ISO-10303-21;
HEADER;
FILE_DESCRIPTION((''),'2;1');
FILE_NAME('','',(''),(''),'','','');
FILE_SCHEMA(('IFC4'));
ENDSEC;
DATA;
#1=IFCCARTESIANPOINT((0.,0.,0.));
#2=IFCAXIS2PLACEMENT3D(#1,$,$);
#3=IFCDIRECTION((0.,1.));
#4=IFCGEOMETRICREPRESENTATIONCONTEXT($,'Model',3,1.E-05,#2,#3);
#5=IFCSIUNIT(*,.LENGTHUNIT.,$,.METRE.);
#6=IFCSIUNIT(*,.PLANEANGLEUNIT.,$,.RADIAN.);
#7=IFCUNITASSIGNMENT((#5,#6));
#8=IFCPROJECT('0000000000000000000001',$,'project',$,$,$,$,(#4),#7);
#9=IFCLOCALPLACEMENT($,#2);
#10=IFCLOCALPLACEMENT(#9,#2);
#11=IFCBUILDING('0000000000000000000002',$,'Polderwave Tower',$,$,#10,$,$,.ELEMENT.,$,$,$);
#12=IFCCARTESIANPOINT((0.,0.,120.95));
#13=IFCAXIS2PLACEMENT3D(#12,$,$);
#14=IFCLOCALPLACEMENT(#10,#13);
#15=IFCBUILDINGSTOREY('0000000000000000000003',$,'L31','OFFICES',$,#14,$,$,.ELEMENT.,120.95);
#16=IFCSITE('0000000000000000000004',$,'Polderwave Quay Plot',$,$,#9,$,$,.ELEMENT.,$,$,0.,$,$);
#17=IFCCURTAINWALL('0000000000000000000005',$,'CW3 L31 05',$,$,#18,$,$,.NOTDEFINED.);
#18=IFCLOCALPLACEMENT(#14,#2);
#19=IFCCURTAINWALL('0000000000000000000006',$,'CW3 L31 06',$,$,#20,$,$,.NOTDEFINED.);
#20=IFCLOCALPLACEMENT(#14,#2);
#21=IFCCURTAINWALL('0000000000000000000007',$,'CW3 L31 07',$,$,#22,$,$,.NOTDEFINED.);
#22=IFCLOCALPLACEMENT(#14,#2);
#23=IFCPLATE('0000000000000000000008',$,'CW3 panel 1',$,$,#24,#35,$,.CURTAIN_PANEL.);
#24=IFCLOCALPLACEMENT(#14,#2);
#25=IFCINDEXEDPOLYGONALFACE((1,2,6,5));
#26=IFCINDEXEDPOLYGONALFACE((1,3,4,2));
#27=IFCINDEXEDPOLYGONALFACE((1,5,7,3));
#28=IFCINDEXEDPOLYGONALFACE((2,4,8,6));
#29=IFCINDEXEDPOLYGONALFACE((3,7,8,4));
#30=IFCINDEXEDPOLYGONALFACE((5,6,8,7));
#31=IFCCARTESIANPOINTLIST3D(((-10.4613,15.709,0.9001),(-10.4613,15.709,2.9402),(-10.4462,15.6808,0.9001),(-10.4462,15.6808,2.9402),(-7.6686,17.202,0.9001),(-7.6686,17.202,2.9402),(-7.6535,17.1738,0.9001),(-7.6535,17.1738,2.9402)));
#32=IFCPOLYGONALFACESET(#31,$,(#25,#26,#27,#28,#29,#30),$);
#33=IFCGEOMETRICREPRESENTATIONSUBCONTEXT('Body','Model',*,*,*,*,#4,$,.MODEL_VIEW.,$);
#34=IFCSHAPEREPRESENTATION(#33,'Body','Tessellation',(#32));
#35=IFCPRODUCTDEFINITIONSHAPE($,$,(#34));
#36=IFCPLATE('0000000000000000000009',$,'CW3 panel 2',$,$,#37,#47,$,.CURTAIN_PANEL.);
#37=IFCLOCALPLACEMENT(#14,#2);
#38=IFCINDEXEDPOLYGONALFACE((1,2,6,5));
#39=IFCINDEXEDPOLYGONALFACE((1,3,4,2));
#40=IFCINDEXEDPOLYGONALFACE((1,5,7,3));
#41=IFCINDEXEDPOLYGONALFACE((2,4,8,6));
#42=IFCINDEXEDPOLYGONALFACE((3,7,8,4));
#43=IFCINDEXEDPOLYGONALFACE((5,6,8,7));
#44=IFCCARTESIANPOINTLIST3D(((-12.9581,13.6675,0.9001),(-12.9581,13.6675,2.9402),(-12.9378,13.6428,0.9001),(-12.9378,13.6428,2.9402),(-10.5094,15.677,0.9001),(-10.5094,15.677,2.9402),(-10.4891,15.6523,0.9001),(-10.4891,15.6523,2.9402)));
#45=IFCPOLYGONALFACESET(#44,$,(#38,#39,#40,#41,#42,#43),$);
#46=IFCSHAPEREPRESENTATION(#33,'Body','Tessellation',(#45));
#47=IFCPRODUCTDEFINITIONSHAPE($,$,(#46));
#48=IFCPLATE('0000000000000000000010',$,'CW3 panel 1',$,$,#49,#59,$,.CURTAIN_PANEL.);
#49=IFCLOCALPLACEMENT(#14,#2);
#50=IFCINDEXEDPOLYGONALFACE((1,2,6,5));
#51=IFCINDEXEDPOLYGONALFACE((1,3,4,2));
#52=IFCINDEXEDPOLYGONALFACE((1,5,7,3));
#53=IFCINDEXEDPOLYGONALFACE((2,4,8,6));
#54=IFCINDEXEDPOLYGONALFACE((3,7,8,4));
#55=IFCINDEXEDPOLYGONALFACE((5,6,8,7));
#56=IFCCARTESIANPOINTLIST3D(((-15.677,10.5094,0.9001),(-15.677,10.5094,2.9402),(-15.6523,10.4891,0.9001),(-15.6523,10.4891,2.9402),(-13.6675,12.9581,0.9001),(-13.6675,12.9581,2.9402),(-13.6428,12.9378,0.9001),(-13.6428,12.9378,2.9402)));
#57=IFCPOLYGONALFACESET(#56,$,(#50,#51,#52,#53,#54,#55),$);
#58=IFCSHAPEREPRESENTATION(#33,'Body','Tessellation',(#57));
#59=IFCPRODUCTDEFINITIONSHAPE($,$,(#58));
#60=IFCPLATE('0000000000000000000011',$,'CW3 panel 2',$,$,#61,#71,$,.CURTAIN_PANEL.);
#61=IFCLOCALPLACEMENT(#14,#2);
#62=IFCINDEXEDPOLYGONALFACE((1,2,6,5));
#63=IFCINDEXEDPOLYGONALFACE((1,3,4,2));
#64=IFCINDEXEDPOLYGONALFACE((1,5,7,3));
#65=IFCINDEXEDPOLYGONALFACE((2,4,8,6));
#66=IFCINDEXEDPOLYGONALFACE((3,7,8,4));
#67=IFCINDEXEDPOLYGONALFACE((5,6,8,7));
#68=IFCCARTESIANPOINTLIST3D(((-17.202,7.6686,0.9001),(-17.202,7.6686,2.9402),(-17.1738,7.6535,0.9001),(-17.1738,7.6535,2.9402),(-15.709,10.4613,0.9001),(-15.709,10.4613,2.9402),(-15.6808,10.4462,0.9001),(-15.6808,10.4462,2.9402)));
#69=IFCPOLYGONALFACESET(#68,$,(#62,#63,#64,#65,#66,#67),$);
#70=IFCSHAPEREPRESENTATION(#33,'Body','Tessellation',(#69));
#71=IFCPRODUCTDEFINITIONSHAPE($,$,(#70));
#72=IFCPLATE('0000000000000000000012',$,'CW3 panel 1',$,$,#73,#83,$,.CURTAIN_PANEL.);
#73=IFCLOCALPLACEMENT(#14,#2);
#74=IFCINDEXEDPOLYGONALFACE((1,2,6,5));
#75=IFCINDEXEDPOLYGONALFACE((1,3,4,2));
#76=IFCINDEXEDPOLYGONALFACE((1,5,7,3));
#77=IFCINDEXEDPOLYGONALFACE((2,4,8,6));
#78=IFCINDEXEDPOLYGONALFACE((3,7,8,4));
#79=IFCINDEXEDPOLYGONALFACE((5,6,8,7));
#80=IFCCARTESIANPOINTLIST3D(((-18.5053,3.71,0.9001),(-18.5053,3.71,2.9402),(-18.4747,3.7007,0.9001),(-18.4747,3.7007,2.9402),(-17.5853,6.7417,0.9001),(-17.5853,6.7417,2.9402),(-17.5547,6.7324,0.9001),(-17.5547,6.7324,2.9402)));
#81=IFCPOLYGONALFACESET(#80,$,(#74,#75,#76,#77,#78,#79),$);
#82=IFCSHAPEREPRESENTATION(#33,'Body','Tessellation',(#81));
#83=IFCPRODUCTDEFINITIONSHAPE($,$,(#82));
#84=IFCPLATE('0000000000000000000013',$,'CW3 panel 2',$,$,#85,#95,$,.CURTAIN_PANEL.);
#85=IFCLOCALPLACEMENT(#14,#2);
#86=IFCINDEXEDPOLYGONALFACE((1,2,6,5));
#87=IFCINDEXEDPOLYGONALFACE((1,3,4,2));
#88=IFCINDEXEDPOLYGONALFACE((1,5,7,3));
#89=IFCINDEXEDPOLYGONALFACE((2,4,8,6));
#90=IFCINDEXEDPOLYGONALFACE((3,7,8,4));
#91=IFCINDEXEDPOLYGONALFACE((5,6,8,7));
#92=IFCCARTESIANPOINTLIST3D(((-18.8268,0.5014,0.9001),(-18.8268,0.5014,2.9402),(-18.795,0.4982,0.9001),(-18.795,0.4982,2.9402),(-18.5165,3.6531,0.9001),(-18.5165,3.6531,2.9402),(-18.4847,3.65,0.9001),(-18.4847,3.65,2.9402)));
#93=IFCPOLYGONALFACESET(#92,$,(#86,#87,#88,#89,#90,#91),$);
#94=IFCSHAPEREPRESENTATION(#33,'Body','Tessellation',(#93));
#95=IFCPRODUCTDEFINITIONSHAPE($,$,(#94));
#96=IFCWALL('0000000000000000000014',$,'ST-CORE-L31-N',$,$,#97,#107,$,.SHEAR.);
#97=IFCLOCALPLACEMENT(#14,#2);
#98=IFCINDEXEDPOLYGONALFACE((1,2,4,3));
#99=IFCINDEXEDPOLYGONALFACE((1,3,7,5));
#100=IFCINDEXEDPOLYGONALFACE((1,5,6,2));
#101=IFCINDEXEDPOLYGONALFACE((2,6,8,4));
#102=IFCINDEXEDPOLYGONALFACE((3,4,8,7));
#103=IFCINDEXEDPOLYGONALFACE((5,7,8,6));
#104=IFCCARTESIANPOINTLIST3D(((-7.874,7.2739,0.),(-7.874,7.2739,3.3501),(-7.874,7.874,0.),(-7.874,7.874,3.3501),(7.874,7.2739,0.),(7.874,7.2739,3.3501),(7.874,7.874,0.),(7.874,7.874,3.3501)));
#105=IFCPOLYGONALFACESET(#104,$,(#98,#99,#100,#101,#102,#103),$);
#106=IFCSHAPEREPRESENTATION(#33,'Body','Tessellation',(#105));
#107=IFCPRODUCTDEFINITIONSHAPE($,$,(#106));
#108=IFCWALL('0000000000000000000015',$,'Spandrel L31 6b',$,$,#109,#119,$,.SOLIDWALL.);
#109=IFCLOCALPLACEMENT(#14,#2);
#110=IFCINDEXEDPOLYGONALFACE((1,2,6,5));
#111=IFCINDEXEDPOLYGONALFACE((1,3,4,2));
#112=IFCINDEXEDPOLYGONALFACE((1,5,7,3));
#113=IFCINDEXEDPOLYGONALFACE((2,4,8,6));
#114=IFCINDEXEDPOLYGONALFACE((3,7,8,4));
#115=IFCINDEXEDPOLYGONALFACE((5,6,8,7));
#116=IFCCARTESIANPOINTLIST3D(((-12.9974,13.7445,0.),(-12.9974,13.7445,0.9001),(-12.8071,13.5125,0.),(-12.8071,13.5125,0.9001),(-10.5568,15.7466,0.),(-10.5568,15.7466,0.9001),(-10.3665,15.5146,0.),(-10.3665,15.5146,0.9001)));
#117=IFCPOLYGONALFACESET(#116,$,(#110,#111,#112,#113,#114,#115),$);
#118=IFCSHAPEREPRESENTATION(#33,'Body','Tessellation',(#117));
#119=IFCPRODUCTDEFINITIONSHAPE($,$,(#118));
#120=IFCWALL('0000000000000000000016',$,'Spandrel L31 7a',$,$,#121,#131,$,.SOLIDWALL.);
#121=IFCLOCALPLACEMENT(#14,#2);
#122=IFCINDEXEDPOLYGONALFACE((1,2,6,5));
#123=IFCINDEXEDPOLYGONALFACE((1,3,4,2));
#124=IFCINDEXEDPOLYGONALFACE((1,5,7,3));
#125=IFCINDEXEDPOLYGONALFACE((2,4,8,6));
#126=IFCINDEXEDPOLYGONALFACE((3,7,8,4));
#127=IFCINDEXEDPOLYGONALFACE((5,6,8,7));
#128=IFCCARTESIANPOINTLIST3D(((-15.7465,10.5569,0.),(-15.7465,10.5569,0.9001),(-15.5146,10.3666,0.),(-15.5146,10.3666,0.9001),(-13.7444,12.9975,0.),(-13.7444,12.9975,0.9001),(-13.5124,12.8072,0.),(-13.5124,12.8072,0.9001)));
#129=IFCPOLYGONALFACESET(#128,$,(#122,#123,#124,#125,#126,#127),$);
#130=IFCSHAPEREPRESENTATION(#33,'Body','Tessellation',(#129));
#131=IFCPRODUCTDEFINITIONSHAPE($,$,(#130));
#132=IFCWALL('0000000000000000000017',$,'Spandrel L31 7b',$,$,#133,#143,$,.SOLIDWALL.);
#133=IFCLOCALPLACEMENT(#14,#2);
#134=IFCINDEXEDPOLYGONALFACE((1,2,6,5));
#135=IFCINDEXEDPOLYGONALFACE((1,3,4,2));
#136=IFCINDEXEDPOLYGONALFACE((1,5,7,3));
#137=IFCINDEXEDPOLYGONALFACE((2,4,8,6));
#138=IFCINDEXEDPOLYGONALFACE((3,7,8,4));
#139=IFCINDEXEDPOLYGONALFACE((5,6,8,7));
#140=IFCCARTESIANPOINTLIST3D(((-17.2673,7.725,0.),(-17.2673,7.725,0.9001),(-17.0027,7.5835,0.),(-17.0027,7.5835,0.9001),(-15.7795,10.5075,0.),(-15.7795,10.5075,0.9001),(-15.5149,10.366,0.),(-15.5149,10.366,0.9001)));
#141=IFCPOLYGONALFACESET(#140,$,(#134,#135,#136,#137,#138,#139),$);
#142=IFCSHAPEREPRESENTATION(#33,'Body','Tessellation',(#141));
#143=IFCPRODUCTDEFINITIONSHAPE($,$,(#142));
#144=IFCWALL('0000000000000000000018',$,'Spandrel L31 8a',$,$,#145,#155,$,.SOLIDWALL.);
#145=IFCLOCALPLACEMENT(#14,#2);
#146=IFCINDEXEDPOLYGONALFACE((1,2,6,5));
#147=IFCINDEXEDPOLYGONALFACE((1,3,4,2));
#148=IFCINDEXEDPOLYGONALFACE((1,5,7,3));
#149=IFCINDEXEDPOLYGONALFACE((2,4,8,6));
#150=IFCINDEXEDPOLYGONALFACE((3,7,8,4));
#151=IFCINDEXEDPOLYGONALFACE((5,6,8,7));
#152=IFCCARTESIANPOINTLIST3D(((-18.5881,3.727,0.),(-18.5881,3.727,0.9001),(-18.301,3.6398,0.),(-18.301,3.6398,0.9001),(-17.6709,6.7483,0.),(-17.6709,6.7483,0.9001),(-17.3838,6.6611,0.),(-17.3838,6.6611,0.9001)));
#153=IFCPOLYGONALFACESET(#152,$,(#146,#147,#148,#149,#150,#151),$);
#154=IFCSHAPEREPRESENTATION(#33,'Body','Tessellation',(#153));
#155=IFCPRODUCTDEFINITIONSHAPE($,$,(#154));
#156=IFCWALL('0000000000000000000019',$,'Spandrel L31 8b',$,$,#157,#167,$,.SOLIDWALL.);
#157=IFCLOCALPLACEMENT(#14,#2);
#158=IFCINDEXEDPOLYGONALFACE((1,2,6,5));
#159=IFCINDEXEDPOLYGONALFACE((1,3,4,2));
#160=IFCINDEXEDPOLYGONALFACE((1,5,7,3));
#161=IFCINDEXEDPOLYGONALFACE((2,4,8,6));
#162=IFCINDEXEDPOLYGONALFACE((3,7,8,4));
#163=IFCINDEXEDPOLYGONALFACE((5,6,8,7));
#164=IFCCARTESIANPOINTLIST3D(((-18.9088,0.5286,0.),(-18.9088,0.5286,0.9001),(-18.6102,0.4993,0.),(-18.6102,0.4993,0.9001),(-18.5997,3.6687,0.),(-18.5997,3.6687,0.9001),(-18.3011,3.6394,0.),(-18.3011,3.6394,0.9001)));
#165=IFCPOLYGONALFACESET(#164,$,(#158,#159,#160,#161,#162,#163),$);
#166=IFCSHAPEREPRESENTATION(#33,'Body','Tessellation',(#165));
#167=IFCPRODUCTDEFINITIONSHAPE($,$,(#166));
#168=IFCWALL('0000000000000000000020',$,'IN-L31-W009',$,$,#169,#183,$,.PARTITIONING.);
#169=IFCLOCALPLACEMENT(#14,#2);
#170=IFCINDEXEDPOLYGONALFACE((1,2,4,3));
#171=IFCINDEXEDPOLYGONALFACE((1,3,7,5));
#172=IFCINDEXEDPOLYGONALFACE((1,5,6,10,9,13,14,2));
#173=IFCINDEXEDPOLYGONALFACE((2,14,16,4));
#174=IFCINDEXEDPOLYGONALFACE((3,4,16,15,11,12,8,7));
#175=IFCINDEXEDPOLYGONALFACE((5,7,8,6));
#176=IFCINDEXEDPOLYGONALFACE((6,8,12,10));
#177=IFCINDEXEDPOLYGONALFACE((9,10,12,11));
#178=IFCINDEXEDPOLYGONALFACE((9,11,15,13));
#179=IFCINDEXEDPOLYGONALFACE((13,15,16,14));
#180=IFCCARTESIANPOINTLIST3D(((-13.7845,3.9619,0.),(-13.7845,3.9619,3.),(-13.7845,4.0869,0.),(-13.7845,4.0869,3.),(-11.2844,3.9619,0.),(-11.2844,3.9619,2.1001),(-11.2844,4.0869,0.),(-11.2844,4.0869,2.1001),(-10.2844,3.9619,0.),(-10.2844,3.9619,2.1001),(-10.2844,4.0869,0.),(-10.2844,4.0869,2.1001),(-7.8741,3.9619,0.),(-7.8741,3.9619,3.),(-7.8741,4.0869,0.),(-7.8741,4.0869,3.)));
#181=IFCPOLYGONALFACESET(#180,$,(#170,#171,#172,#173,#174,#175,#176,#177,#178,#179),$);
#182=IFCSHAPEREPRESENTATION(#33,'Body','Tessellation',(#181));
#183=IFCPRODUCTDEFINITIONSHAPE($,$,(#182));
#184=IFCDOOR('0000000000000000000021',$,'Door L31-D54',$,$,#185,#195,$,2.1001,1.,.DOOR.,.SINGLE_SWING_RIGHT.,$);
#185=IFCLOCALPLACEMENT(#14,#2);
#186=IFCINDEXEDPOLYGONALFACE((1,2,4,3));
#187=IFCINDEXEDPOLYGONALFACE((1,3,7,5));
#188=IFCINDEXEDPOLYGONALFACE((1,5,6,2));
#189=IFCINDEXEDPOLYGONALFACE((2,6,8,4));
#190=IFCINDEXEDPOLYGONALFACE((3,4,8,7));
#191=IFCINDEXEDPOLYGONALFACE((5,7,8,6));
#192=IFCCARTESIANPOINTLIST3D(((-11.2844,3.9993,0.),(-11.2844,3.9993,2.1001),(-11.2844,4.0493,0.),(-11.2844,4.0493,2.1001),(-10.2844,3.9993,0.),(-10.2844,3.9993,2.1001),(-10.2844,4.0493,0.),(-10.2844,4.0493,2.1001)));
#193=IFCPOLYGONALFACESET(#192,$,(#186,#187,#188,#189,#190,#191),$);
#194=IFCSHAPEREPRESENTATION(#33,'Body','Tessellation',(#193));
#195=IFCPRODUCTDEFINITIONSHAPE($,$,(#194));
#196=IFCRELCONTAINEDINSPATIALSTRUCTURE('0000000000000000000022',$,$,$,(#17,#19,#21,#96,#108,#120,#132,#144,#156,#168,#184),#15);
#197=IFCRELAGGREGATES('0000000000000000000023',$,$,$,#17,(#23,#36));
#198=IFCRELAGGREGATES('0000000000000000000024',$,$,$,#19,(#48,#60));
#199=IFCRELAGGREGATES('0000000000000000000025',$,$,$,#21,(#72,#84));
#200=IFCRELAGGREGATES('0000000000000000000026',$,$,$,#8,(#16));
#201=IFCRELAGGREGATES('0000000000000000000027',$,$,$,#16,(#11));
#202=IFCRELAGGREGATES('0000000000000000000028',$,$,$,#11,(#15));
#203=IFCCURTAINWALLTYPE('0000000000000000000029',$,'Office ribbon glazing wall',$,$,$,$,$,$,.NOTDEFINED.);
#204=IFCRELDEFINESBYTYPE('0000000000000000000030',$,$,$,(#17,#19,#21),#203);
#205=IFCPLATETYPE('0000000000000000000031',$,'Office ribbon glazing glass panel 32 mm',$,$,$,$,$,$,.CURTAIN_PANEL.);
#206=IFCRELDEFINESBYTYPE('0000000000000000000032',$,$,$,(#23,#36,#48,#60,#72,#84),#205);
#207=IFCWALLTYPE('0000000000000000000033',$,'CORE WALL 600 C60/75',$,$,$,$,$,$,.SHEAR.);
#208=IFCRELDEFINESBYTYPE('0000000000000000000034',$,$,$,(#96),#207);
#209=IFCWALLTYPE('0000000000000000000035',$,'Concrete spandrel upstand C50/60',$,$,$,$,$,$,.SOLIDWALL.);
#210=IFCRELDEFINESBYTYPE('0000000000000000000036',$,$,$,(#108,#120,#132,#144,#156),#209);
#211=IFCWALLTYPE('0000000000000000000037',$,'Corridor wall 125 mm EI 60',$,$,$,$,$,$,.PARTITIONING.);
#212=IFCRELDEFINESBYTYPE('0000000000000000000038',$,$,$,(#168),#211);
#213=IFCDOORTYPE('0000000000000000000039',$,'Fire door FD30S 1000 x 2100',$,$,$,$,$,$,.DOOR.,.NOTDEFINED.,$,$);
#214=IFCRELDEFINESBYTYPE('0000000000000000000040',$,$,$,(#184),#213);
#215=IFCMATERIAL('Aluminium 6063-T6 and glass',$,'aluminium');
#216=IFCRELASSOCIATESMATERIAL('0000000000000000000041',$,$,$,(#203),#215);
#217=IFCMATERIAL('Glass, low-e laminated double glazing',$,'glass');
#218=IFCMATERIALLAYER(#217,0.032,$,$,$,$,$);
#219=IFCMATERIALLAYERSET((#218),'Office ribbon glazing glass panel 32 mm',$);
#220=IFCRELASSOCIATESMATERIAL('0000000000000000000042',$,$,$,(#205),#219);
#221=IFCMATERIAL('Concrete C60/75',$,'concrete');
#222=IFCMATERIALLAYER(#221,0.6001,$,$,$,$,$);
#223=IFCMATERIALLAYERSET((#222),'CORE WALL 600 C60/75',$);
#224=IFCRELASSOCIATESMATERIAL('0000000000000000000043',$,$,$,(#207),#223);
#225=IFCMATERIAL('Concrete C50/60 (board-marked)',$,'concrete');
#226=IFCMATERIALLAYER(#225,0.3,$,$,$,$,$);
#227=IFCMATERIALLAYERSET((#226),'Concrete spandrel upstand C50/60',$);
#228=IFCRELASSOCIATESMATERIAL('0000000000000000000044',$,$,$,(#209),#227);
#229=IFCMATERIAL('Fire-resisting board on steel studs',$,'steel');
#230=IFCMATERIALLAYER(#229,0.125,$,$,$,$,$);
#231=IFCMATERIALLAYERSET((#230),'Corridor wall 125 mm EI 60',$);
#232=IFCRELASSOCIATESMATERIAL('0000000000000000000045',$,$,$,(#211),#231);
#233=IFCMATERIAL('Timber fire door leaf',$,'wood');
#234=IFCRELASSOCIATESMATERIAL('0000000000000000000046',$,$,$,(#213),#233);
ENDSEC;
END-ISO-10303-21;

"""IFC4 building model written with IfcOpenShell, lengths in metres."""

from ifc_helpers import new_model, si_unit, direction, frame, frame_2d, origin, origin_2d, place, context, subcontext, project, spatial, rectangle, extrude, material, layer, layer_set, type_object, element, fill, aggregate, save


model = new_model("IFC4")

# Units and contexts
model_context = context("Model", 3, precision=1e-05, world=origin(), true_north=direction((0.0, 1.0)))
body_context = subcontext(model_context, "Body", "Model", "MODEL_VIEW")
ifc_project = project(units=[si_unit("LENGTHUNIT", "METRE"), si_unit("PLANEANGLEUNIT", "RADIAN")], contexts=[model_context])

# Site, building, storey
site_placement = place(None, origin())
site = spatial("IfcSite", under=ifc_project, at=site_placement, Name="Polderwave Quay Plot", CompositionType="ELEMENT", RefElevation=0.0)
building_placement = place(site_placement, origin())
building = spatial("IfcBuilding", under=site, at=building_placement, Name="Polderwave Tower", CompositionType="ELEMENT")
storey_placement = place(building_placement, frame((0.0, 0.0, 120.95)))
storey = spatial("IfcBuildingStorey", under=building, at=storey_placement, Name="L31", Description="OFFICES", CompositionType="ELEMENT", Elevation=120.95)

# Shared definitions
ifc_material_1 = material(Name="Concrete C60/75", Category="concrete")

# Curtain walls
ifc_material_2 = material(Name="Aluminium 6063-T6 and glass", Category="aluminium")
curtain_wall_type = type_object("IfcCurtainWallType", Name="Office ribbon glazing wall", PredefinedType="NOTDEFINED", material=ifc_material_2)
curtain_wall_1_placement = place(storey_placement, origin())
curtain_wall_1 = element("IfcCurtainWall", 1, at=curtain_wall_1_placement, inside=storey, type_object=curtain_wall_type, Name="CW3 L31 05", PredefinedType="NOTDEFINED")
curtain_wall_2_placement = place(storey_placement, origin())
curtain_wall_2 = element("IfcCurtainWall", 2, at=curtain_wall_2_placement, inside=storey, type_object=curtain_wall_type, Name="CW3 L31 06", PredefinedType="NOTDEFINED")
curtain_wall_3_placement = place(storey_placement, origin())
curtain_wall_3 = element("IfcCurtainWall", 3, at=curtain_wall_3_placement, inside=storey, type_object=curtain_wall_type, Name="CW3 L31 07", PredefinedType="NOTDEFINED")

# Plates
ifc_material_3 = material(Name="Glass, low-e laminated double glazing", Category="glass")
ifc_layer_1 = layer(ifc_material_3, 0.032)
ifc_layer_set_1 = layer_set([ifc_layer_1], Name="Office ribbon glazing glass panel 32 mm")
plate_type = type_object("IfcPlateType", Name="Office ribbon glazing glass panel 32 mm", PredefinedType="CURTAIN_PANEL", material=ifc_layer_set_1)
plate_1_placement = place(storey_placement, frame((-9.0574, 16.4414, 0.9001), z_axis=(0.0, 0.0, 1.0), x_axis=(-0.881884, -0.471466, 0.0)))
plate_1 = element("IfcPlate", 4, at=plate_1_placement, type_object=plate_type, Name="CW3 panel 1", PredefinedType="CURTAIN_PANEL", context=body_context, shape_type="SweptSolid", body=[
    extrude(rectangle(XDim=3.1667, YDim=0.032, at=origin_2d()), origin(), (0.0, 0.0, 1.0), 2.04),
])
plate_2_placement = place(storey_placement, frame((-11.7236, 14.6599, 0.9001), z_axis=(0.0, 0.0, 1.0), x_axis=(-0.773023, -0.634378, 0.0)))
plate_2 = element("IfcPlate", 5, at=plate_2_placement, type_object=plate_type, Name="CW3 panel 2", PredefinedType="CURTAIN_PANEL", context=body_context, shape_type="SweptSolid", body=[
    extrude(rectangle(XDim=3.1677, YDim=0.032, at=origin_2d()), origin(), (0.0, 0.0, 1.0), 2.04),
])
aggregate(curtain_wall_1, [plate_1, plate_2])
plate_3_placement = place(storey_placement, frame((-14.6599, 11.7236, 0.9001), z_axis=(0.0, 0.0, 1.0), x_axis=(-0.634378, -0.773023, 0.0)))
plate_3 = element("IfcPlate", 6, at=plate_3_placement, type_object=plate_type, Name="CW3 panel 1", PredefinedType="CURTAIN_PANEL", context=body_context, shape_type="SweptSolid", body=[
    extrude(rectangle(XDim=3.1677, YDim=0.032, at=origin_2d()), origin(), (0.0, 0.0, 1.0), 2.04),
])
plate_4_placement = place(storey_placement, frame((-16.4414, 9.0574, 0.9001), z_axis=(0.0, 0.0, 1.0), x_axis=(-0.471466, -0.881884, 0.0)))
plate_4 = element("IfcPlate", 7, at=plate_4_placement, type_object=plate_type, Name="CW3 panel 2", PredefinedType="CURTAIN_PANEL", context=body_context, shape_type="SweptSolid", body=[
    extrude(rectangle(XDim=3.1667, YDim=0.032, at=origin_2d()), origin(), (0.0, 0.0, 1.0), 2.04),
])
aggregate(curtain_wall_2, [plate_3, plate_4])
plate_5_placement = place(storey_placement, frame((-18.03, 5.2212, 0.9001), z_axis=(0.0, 0.0, 1.0), x_axis=(-0.29039, -0.956908, 0.0)))
plate_5 = element("IfcPlate", 8, at=plate_5_placement, type_object=plate_type, Name="CW3 panel 1", PredefinedType="CURTAIN_PANEL", context=body_context, shape_type="SweptSolid", body=[
    extrude(rectangle(XDim=3.1682, YDim=0.032, at=origin_2d()), origin(), (0.0, 0.0, 1.0), 2.04),
])
plate_6_placement = place(storey_placement, frame((-18.6558, 2.0757, 0.9001), z_axis=(0.0, 0.0, 1.0), x_axis=(-0.097984, -0.995188, 0.0)))
plate_6 = element("IfcPlate", 9, at=plate_6_placement, type_object=plate_type, Name="CW3 panel 2", PredefinedType="CURTAIN_PANEL", context=body_context, shape_type="SweptSolid", body=[
    extrude(rectangle(XDim=3.167, YDim=0.032, at=origin_2d()), origin(), (0.0, 0.0, 1.0), 2.04),
])
aggregate(curtain_wall_3, [plate_5, plate_6])

# Walls
ifc_layer_2 = layer(ifc_material_1, 0.6001)
ifc_layer_set_2 = layer_set([ifc_layer_2], Name="CORE WALL 600 C60/75")
wall_type_1 = type_object("IfcWallType", Name="CORE WALL 600 C60/75", PredefinedType="SHEAR", material=ifc_layer_set_2)
wall_1_placement = place(storey_placement, frame((-7.874, 7.574, 0.0), z_axis=(0.0, 0.0, 1.0), x_axis=(1.0, 0.0, 0.0)))
element("IfcWall", 10, at=wall_1_placement, inside=storey, type_object=wall_type_1, Name="ST-CORE-L31-N", PredefinedType="SHEAR", context=body_context, shape_type="SweptSolid", body=[
    extrude(rectangle(XDim=15.748, YDim=0.6001, at=frame_2d((7.874, 0.0))), origin(), (0.0, 0.0, 1.0), 3.3501),
])
ifc_material_4 = material(Name="Concrete C50/60 (board-marked)", Category="concrete")
ifc_layer_3 = layer(ifc_material_4, 0.3)
ifc_layer_set_3 = layer_set([ifc_layer_3], Name="Concrete spandrel upstand C50/60")
wall_type_2 = type_object("IfcWallType", Name="Concrete spandrel upstand C50/60", PredefinedType="SOLIDWALL", material=ifc_layer_set_3)
for number, where, z_axis, x_axis, name in (
    (11, (-10.4617, 15.6306, 0.0), (0.0, 0.0, 1.0), (-0.773137, -0.63424, 0.0), "Spandrel L31 6b"),
    (12, (-13.6284, 12.9023, 0.0), (0.0, 0.0, 1.0), (-0.63424, -0.773137, 0.0), "Spandrel L31 7a"),
):
    element("IfcWall", number, at=place(storey_placement, frame(where, z_axis=z_axis, x_axis=x_axis)), inside=storey, type_object=wall_type_2, Name=name, PredefinedType="SOLIDWALL", context=body_context, shape_type="SweptSolid", body=[
        extrude(rectangle(XDim=3.1567, YDim=0.3, at=frame_2d((1.5784, 0.0))), origin(), (0.0, 0.0, 1.0), 0.9001),
    ])
wall_2_placement = place(storey_placement, frame((-15.6472, 10.4368, 0.0), z_axis=(0.0, 0.0, 1.0), x_axis=(-0.471528, -0.881851, 0.0)))
element("IfcWall", 13, at=wall_2_placement, inside=storey, type_object=wall_type_2, Name="Spandrel L31 7b", PredefinedType="SOLIDWALL", context=body_context, shape_type="SweptSolid", body=[
    extrude(rectangle(XDim=3.1553, YDim=0.3, at=frame_2d((1.5776, 0.0))), origin(), (0.0, 0.0, 1.0), 0.9001),
])
wall_3_placement = place(storey_placement, frame((-17.5273, 6.7046, 0.0), z_axis=(0.0, 0.0, 1.0), x_axis=(-0.290503, -0.956874, 0.0)))
element("IfcWall", 14, at=wall_3_placement, inside=storey, type_object=wall_type_2, Name="Spandrel L31 8a", PredefinedType="SOLIDWALL", context=body_context, shape_type="SweptSolid", body=[
    extrude(rectangle(XDim=3.1575, YDim=0.3, at=frame_2d((1.5786, 0.0))), origin(), (0.0, 0.0, 1.0), 0.9001),
])
wall_4_placement = place(storey_placement, frame((-18.4504, 3.6541, 0.0), z_axis=(0.0, 0.0, 1.0), x_axis=(-0.097956, -0.995191, 0.0)))
element("IfcWall", 15, at=wall_4_placement, inside=storey, type_object=wall_type_2, Name="Spandrel L31 8b", PredefinedType="SOLIDWALL", context=body_context, shape_type="SweptSolid", body=[
    extrude(rectangle(XDim=3.1553, YDim=0.3, at=frame_2d((1.5776, 0.0))), origin(), (0.0, 0.0, 1.0), 0.9001),
])

# Wall, opening, door
ifc_material_5 = material(Name="Fire-resisting board on steel studs", Category="steel")
ifc_layer_4 = layer(ifc_material_5, 0.125)
ifc_layer_set_4 = layer_set([ifc_layer_4], Name="Corridor wall 125 mm EI 60")
wall_type_3 = type_object("IfcWallType", Name="Corridor wall 125 mm EI 60", PredefinedType="PARTITIONING", material=ifc_layer_set_4)
wall_5_placement = place(storey_placement, frame((-13.7844, 4.0244, 0.0), z_axis=(0.0, 0.0, 1.0), x_axis=(1.0, 0.0, 0.0)))
wall_5 = element("IfcWall", 16, at=wall_5_placement, inside=storey, type_object=wall_type_3, Name="IN-L31-W009", PredefinedType="PARTITIONING", context=body_context, shape_type="SweptSolid", body=[
    extrude(rectangle(XDim=5.9104, YDim=0.125, at=frame_2d((2.9551, 0.0))), origin(), (0.0, 0.0, 1.0), 3.0),
])
opening_placement = place(wall_5_placement, frame((2.5, 0.0, 0.0)))
opening = element("IfcOpeningElement", 17, at=opening_placement, cuts=wall_5, PredefinedType="OPENING", context=body_context, shape_type="SweptSolid", body=[
    extrude(rectangle(XDim=1.0, YDim=2.1001, at=frame_2d((0.5, 1.05))), frame((0.0, 0.0725, 0.0), z_axis=(0.0, -1.0, 0.0), x_axis=(1.0, 0.0, 0.0)), (0.0, 0.0, 1.0), 0.145),
])
ifc_material_6 = material(Name="Timber fire door leaf", Category="wood")
door_type = type_object("IfcDoorType", Name="Fire door FD30S 1000 x 2100", OperationType="NOTDEFINED", PredefinedType="DOOR", material=ifc_material_6)
door_placement = place(opening_placement, origin())
door = element("IfcDoor", 18, at=door_placement, inside=storey, type_object=door_type, Name="Door L31-D54", OperationType="SINGLE_SWING_RIGHT", OverallHeight=2.1001, OverallWidth=1.0, PredefinedType="DOOR", context=body_context, shape_type="SweptSolid", body=[
    extrude(rectangle(XDim=1.0, YDim=2.1001, at=frame_2d((0.5, 1.05))), frame((0.0, 0.0249, 0.0), z_axis=(0.0, -1.0, 0.0), x_axis=(1.0, 0.0, 0.0)), (0.0, 0.0, 1.0), 0.05),
])
fill(opening, door)

save(model, "model.ifc")
